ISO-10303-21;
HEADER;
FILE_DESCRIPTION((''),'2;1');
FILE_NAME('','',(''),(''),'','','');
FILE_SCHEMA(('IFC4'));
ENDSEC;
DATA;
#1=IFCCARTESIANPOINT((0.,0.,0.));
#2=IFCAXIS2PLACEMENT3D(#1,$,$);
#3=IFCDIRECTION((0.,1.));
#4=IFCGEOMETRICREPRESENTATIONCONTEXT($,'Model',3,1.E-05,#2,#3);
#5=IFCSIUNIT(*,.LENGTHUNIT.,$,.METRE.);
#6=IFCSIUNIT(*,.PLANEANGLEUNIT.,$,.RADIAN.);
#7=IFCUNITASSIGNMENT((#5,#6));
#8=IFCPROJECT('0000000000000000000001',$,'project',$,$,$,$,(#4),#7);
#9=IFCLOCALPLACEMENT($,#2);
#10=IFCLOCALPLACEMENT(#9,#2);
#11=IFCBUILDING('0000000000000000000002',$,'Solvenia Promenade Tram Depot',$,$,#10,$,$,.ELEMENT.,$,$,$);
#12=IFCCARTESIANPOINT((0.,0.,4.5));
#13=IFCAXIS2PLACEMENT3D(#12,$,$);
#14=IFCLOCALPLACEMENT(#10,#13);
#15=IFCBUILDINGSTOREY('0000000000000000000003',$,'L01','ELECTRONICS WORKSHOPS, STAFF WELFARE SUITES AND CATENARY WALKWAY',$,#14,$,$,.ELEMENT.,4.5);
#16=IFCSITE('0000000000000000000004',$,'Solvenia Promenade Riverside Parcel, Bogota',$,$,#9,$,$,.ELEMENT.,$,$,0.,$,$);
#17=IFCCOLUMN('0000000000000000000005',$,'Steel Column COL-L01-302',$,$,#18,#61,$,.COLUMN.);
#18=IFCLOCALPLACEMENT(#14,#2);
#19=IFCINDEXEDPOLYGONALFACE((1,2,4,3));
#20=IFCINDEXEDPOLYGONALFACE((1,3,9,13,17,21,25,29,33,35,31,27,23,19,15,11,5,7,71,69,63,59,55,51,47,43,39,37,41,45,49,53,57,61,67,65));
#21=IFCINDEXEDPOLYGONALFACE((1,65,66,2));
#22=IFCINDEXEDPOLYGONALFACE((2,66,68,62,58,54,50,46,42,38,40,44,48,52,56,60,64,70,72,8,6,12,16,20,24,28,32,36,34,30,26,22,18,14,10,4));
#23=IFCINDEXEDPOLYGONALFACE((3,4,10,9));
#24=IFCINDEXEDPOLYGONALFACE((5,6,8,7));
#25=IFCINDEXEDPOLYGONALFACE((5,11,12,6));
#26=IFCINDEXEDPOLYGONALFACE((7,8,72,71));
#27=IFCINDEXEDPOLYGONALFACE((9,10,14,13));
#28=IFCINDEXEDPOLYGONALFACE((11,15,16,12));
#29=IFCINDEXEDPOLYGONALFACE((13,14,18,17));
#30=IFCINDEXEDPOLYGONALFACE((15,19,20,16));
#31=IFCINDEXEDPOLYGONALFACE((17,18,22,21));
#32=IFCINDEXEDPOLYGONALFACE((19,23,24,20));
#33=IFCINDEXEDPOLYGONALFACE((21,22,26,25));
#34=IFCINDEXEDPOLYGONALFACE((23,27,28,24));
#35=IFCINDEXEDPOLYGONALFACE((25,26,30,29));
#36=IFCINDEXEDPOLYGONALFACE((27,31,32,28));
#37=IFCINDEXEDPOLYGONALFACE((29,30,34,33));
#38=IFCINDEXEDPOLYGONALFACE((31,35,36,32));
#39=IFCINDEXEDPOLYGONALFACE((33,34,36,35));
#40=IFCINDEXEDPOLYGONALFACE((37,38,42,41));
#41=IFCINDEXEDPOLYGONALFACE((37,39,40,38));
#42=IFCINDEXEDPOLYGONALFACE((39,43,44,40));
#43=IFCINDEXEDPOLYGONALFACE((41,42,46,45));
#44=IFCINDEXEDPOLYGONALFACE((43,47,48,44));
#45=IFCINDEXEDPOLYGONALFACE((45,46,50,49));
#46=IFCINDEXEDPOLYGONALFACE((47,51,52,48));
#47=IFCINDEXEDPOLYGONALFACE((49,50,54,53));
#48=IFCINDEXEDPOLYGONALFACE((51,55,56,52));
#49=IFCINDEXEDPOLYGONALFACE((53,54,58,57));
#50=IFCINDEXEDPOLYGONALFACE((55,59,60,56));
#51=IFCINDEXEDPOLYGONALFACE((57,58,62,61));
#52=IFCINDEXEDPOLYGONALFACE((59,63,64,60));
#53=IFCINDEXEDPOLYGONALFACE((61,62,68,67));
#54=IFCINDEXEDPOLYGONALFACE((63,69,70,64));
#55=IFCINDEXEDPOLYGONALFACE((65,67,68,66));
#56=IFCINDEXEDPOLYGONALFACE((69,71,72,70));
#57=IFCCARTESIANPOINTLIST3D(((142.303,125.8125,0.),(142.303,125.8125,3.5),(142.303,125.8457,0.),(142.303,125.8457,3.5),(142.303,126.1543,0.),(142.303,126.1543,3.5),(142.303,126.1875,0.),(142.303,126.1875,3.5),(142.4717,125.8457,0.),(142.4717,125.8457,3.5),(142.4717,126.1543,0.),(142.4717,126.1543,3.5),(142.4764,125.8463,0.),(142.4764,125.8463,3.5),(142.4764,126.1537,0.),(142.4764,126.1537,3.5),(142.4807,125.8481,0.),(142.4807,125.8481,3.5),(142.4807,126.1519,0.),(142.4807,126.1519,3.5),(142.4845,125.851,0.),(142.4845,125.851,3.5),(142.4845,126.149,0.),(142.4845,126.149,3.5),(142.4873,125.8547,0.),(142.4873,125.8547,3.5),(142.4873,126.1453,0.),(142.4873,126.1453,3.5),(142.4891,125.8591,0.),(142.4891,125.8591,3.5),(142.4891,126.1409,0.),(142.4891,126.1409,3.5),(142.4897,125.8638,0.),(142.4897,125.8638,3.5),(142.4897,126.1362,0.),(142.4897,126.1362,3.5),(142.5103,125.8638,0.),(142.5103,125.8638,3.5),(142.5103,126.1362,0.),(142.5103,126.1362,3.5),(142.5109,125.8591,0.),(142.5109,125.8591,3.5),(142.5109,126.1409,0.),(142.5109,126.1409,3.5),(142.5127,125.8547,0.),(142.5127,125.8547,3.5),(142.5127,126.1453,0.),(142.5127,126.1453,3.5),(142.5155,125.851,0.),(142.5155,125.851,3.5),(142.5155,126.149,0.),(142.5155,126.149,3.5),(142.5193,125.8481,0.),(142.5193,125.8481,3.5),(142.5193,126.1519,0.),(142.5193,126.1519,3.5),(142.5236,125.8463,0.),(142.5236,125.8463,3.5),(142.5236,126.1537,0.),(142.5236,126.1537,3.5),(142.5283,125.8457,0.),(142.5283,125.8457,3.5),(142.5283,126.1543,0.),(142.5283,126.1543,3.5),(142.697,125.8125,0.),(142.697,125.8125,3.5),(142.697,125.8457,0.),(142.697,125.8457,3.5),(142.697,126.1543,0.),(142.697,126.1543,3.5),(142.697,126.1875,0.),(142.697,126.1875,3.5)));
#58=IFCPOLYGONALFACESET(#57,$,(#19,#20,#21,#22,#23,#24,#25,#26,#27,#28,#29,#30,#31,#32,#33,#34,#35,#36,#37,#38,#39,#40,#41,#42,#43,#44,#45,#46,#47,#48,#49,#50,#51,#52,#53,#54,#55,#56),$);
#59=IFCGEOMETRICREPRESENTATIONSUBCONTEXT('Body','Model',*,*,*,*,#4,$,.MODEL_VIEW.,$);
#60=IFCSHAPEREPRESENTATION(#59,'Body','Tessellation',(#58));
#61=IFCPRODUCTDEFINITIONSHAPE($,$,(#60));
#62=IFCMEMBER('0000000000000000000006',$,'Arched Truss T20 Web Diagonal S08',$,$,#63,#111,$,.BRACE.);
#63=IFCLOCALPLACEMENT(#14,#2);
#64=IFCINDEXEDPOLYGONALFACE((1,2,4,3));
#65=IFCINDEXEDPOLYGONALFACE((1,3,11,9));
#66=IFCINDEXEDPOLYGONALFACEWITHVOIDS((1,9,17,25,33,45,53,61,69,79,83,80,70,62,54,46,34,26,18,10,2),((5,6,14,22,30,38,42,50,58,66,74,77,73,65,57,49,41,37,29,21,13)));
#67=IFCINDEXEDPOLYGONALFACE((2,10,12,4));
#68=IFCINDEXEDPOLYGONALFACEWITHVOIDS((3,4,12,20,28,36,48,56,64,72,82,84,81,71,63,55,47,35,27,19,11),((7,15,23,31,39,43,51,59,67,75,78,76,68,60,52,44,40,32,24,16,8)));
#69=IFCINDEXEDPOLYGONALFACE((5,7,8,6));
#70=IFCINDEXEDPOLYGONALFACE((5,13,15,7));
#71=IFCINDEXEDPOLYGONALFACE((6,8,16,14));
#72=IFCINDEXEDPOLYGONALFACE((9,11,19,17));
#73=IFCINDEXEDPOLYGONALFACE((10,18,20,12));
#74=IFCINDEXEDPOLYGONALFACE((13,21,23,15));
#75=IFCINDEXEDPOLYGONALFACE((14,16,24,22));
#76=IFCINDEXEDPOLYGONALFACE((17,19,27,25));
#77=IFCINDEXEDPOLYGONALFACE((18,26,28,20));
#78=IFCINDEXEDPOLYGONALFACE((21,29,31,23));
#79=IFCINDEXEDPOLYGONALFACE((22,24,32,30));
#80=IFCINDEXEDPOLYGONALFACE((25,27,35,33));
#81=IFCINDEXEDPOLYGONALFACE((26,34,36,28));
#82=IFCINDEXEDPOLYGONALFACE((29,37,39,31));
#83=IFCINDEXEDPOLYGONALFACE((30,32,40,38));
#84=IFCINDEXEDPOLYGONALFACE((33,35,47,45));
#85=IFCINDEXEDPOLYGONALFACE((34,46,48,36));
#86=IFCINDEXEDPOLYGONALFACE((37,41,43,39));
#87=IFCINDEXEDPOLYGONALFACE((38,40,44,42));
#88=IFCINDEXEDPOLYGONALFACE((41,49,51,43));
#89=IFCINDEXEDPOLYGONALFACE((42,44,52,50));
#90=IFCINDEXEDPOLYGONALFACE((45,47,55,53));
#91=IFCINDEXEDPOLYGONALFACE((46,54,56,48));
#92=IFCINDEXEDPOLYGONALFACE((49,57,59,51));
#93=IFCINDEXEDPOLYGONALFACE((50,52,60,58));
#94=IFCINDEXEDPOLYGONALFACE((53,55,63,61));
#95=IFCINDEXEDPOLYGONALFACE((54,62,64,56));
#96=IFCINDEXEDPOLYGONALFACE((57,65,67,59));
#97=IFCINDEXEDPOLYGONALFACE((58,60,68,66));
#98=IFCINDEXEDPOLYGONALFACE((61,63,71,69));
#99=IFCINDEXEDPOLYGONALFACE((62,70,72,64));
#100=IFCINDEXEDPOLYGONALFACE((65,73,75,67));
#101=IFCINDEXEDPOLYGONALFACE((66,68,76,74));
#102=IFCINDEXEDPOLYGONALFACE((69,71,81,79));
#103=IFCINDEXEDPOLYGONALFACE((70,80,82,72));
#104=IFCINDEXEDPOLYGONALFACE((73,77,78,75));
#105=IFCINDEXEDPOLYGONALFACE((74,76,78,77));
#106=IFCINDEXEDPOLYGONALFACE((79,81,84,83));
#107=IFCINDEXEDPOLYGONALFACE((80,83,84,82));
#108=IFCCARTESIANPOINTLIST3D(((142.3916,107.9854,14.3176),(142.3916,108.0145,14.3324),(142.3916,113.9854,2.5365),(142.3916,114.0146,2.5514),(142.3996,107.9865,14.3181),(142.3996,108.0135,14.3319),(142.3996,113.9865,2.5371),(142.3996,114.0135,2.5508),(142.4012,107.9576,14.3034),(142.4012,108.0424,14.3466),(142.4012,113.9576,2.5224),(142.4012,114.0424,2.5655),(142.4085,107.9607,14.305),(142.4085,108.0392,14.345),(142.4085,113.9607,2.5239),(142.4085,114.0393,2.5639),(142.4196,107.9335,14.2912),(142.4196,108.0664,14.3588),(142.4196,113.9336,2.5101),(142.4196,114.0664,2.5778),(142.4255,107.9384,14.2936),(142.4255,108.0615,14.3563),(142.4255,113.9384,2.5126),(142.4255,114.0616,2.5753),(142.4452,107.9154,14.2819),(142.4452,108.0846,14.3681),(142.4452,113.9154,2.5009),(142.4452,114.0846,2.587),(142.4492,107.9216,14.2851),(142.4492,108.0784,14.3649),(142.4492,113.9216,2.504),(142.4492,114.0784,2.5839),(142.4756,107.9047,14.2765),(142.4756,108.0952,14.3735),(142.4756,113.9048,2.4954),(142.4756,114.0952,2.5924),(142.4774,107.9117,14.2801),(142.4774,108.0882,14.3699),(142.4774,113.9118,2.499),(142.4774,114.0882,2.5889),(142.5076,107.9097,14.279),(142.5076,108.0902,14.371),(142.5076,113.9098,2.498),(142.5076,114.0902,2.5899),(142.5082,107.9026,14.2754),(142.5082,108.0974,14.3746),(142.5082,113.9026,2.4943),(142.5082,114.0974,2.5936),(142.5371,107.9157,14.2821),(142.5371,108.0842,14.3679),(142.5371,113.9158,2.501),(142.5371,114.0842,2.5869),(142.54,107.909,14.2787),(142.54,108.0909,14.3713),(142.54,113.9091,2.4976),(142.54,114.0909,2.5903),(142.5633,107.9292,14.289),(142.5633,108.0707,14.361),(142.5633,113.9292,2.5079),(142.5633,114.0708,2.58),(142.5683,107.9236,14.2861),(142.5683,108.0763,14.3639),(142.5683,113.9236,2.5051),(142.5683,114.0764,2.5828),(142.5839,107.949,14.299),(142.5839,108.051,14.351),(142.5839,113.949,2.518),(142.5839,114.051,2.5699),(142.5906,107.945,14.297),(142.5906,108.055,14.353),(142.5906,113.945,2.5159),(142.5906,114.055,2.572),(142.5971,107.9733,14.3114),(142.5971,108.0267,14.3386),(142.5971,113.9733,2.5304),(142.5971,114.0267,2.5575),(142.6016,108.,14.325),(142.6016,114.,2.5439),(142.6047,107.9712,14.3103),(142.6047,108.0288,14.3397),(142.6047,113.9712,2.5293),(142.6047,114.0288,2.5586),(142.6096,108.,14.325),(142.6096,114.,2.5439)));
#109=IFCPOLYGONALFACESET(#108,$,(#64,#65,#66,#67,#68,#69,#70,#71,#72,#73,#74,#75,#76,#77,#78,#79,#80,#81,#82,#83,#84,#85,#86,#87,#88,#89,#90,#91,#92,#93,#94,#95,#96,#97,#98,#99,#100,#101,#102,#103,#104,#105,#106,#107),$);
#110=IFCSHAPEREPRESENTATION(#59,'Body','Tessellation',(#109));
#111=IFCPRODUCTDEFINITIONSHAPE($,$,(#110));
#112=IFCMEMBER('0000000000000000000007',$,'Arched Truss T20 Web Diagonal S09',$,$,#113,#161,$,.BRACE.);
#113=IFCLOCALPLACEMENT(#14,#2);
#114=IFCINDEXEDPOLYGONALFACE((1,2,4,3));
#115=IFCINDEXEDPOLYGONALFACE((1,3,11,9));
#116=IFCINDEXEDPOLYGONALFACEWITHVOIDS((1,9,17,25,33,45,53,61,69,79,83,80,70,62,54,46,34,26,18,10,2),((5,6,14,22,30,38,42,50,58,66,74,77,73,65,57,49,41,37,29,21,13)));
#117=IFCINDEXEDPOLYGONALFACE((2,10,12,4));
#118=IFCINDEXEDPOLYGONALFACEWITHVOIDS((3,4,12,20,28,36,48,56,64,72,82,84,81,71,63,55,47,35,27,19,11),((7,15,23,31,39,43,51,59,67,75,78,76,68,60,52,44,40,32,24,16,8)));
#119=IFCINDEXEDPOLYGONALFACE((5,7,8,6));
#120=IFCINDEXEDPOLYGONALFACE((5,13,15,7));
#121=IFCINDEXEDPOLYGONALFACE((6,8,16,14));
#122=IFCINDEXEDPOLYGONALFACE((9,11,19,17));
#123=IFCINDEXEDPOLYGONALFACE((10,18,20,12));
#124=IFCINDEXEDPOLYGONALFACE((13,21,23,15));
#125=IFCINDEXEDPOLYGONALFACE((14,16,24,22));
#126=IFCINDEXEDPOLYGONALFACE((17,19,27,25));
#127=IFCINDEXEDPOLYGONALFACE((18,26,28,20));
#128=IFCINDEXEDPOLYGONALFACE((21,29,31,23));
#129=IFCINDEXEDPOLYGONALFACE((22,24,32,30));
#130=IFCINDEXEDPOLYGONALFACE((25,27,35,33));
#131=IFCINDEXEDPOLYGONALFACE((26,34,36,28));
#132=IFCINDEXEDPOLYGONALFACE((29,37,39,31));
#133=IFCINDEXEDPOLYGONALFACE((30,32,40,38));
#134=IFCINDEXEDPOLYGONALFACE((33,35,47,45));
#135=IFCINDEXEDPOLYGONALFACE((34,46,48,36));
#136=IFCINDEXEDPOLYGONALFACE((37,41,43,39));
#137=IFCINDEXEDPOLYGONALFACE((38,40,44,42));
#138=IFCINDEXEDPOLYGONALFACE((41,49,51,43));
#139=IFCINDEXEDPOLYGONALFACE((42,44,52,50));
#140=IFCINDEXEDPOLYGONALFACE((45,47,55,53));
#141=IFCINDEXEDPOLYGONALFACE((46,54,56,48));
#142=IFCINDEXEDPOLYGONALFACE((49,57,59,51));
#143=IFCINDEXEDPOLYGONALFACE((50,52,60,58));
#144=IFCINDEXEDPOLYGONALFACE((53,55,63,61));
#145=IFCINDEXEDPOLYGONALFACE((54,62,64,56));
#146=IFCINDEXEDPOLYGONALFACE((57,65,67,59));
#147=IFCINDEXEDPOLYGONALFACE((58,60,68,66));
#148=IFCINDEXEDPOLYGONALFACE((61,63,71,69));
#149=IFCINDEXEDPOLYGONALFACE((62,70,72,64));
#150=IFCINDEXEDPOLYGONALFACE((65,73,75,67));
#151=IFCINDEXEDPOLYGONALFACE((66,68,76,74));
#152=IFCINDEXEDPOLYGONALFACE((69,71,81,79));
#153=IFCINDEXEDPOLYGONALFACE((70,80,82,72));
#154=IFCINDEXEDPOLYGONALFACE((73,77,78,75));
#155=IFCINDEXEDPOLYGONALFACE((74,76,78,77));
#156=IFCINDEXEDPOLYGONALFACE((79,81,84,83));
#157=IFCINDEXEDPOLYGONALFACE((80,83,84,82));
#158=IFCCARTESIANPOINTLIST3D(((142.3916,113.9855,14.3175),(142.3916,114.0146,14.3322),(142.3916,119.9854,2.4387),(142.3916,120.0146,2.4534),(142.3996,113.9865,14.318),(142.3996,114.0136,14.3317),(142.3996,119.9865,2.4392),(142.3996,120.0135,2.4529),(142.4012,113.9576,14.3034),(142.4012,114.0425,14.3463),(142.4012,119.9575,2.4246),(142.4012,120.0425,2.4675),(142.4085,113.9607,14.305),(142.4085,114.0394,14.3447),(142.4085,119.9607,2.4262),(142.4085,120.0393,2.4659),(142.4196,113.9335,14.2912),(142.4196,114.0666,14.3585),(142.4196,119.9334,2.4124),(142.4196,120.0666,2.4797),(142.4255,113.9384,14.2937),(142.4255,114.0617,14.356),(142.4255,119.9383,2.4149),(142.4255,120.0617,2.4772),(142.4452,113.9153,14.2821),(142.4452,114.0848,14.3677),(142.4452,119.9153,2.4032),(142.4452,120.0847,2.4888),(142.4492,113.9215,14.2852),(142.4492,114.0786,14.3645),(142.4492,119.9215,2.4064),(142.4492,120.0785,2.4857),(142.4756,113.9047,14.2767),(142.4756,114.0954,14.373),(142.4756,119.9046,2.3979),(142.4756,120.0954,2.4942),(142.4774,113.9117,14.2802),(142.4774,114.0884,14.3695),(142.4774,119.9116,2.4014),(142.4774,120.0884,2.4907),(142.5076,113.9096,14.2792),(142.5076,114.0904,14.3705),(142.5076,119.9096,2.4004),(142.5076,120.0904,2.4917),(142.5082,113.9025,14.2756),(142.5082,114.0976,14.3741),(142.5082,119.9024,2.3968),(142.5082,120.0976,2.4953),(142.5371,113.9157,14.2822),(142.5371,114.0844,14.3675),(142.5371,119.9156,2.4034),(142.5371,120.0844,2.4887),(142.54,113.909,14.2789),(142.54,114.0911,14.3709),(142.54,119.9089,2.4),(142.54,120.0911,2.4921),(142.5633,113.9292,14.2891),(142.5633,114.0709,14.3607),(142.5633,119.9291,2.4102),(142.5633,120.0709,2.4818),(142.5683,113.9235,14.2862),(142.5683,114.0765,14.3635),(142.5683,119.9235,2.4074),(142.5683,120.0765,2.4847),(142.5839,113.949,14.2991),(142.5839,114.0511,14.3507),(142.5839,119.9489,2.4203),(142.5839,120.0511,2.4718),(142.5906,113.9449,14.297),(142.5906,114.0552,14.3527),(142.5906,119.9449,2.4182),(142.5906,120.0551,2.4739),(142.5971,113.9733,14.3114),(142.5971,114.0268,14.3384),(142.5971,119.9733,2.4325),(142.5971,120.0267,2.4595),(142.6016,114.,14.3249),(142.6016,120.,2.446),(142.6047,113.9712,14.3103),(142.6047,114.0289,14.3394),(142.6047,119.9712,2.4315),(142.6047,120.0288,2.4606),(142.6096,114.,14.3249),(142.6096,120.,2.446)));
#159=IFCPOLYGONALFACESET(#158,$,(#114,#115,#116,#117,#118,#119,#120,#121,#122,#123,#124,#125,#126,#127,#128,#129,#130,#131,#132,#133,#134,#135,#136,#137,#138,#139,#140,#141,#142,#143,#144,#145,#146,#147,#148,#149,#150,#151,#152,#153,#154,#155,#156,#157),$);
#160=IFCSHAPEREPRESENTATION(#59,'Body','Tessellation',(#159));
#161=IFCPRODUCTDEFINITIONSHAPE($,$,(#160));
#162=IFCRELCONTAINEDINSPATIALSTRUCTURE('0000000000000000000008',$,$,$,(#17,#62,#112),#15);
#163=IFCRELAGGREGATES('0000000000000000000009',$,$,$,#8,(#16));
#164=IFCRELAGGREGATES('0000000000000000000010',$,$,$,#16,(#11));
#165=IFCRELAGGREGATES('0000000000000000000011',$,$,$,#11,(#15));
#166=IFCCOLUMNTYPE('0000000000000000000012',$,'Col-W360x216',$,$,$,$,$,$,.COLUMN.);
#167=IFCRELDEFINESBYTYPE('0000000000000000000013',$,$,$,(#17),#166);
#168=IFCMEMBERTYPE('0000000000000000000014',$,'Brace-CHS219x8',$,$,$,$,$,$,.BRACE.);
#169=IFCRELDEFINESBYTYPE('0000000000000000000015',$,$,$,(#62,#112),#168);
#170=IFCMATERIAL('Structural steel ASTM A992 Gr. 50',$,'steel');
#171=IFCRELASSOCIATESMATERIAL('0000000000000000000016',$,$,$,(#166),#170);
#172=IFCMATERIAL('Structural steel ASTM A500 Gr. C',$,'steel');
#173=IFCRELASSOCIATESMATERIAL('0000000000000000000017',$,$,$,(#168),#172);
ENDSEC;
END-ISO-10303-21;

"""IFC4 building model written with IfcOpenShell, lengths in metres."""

from ifc_helpers import new_model, si_unit, direction, frame, origin, origin_2d, place, context, subcontext, project, spatial, hollow_circle, i_section, extrude, material, material_profile, profile_set, type_object, element, save


model = new_model("IFC4")

# Units and contexts
model_context = context("Model", 3, precision=1e-05, world=origin(), true_north=direction((0.0, 1.0)))
body_context = subcontext(model_context, "Body", "Model", "MODEL_VIEW")
ifc_project = project(units=[si_unit("LENGTHUNIT", "METRE"), si_unit("PLANEANGLEUNIT", "RADIAN")], contexts=[model_context])

# Site, building, storey
site_placement = place(None, origin())
site = spatial("IfcSite", under=ifc_project, at=site_placement, Name="Solvenia Promenade Riverside Parcel, Bogota", CompositionType="ELEMENT", RefElevation=0.0)
building_placement = place(site_placement, origin())
building = spatial("IfcBuilding", under=site, at=building_placement, Name="Solvenia Promenade Tram Depot", CompositionType="ELEMENT")
storey_placement = place(building_placement, frame((0.0, 0.0, 4.5)))
storey = spatial("IfcBuildingStorey", under=building, at=storey_placement, Name="L01", Description="ELECTRONICS WORKSHOPS, STAFF WELFARE SUITES AND CATENARY WALKWAY", CompositionType="ELEMENT", Elevation=4.5)

# Column
ifc_material_1 = material(Name="Structural steel ASTM A992 Gr. 50", Category="steel")
ifc_material_profile_1 = material_profile(ifc_material_1, i_section(OverallWidth=0.394, OverallDepth=0.375, WebThickness=0.0205, FlangeThickness=0.0332, FilletRadius=0.0181, at=origin_2d()), Name="W360x216", Category="steel")
ifc_profile_set_1 = profile_set([ifc_material_profile_1], Name="Structural steel ASTM A992 Gr. 50")
column_type = type_object("IfcColumnType", Name="Col-W360x216", PredefinedType="COLUMN", material=ifc_profile_set_1)
column_placement = place(storey_placement, frame((142.5, 126.0, 0.0), z_axis=(0.0, 0.0, 1.0), x_axis=(1.0, 0.0, 0.0)))
element("IfcColumn", 1, at=column_placement, inside=storey, type_object=column_type, Name="Steel Column COL-L01-302", PredefinedType="COLUMN", context=body_context, shape_type="SweptSolid", body=[
    extrude(i_section(OverallWidth=0.394, OverallDepth=0.375, WebThickness=0.0205, FlangeThickness=0.0332, FilletRadius=0.0181, at=origin_2d()), origin(), (0.0, 0.0, 1.0), 3.5),
])

# Members
ifc_material_2 = material(Name="Structural steel ASTM A500 Gr. C", Category="steel")
ifc_material_profile_2 = material_profile(ifc_material_2, hollow_circle(Radius=0.1096, WallThickness=0.0081, at=origin_2d()), Name="CHS219.1x8", Category="steel")
ifc_profile_set_2 = profile_set([ifc_material_profile_2], Name="Structural steel ASTM A500 Gr. C")
member_type_1 = type_object("IfcMemberType", Name="Brace-CHS219x8", PredefinedType="BRACE", material=ifc_profile_set_2)
member_1_placement = place(storey_placement, frame((142.5, 114.0, 2.5439), z_axis=(0.0, -0.453827, 0.89109), x_axis=(1.0, 0.0, 0.0)))
element("IfcMember", 2, at=member_1_placement, inside=storey, type_object=member_type_1, Name="Arched Truss T20 Web Diagonal S08", PredefinedType="BRACE", context=body_context, shape_type="SweptSolid", body=[
    extrude(hollow_circle(Radius=0.1096, WallThickness=0.0081, at=origin_2d()), origin(), (0.0, 0.0, 1.0), 13.2209),
])
member_2_placement = place(storey_placement, frame((142.5, 120.0, 2.446), z_axis=(0.0, -0.45085, 0.8926), x_axis=(1.0, 0.0, 0.0)))
element("IfcMember", 3, at=member_2_placement, inside=storey, type_object=member_type_1, Name="Arched Truss T20 Web Diagonal S09", PredefinedType="BRACE", context=body_context, shape_type="SweptSolid", body=[
    extrude(hollow_circle(Radius=0.1096, WallThickness=0.0081, at=origin_2d()), origin(), (0.0, 0.0, 1.0), 13.3081),
])

save(model, "model.ifc")
